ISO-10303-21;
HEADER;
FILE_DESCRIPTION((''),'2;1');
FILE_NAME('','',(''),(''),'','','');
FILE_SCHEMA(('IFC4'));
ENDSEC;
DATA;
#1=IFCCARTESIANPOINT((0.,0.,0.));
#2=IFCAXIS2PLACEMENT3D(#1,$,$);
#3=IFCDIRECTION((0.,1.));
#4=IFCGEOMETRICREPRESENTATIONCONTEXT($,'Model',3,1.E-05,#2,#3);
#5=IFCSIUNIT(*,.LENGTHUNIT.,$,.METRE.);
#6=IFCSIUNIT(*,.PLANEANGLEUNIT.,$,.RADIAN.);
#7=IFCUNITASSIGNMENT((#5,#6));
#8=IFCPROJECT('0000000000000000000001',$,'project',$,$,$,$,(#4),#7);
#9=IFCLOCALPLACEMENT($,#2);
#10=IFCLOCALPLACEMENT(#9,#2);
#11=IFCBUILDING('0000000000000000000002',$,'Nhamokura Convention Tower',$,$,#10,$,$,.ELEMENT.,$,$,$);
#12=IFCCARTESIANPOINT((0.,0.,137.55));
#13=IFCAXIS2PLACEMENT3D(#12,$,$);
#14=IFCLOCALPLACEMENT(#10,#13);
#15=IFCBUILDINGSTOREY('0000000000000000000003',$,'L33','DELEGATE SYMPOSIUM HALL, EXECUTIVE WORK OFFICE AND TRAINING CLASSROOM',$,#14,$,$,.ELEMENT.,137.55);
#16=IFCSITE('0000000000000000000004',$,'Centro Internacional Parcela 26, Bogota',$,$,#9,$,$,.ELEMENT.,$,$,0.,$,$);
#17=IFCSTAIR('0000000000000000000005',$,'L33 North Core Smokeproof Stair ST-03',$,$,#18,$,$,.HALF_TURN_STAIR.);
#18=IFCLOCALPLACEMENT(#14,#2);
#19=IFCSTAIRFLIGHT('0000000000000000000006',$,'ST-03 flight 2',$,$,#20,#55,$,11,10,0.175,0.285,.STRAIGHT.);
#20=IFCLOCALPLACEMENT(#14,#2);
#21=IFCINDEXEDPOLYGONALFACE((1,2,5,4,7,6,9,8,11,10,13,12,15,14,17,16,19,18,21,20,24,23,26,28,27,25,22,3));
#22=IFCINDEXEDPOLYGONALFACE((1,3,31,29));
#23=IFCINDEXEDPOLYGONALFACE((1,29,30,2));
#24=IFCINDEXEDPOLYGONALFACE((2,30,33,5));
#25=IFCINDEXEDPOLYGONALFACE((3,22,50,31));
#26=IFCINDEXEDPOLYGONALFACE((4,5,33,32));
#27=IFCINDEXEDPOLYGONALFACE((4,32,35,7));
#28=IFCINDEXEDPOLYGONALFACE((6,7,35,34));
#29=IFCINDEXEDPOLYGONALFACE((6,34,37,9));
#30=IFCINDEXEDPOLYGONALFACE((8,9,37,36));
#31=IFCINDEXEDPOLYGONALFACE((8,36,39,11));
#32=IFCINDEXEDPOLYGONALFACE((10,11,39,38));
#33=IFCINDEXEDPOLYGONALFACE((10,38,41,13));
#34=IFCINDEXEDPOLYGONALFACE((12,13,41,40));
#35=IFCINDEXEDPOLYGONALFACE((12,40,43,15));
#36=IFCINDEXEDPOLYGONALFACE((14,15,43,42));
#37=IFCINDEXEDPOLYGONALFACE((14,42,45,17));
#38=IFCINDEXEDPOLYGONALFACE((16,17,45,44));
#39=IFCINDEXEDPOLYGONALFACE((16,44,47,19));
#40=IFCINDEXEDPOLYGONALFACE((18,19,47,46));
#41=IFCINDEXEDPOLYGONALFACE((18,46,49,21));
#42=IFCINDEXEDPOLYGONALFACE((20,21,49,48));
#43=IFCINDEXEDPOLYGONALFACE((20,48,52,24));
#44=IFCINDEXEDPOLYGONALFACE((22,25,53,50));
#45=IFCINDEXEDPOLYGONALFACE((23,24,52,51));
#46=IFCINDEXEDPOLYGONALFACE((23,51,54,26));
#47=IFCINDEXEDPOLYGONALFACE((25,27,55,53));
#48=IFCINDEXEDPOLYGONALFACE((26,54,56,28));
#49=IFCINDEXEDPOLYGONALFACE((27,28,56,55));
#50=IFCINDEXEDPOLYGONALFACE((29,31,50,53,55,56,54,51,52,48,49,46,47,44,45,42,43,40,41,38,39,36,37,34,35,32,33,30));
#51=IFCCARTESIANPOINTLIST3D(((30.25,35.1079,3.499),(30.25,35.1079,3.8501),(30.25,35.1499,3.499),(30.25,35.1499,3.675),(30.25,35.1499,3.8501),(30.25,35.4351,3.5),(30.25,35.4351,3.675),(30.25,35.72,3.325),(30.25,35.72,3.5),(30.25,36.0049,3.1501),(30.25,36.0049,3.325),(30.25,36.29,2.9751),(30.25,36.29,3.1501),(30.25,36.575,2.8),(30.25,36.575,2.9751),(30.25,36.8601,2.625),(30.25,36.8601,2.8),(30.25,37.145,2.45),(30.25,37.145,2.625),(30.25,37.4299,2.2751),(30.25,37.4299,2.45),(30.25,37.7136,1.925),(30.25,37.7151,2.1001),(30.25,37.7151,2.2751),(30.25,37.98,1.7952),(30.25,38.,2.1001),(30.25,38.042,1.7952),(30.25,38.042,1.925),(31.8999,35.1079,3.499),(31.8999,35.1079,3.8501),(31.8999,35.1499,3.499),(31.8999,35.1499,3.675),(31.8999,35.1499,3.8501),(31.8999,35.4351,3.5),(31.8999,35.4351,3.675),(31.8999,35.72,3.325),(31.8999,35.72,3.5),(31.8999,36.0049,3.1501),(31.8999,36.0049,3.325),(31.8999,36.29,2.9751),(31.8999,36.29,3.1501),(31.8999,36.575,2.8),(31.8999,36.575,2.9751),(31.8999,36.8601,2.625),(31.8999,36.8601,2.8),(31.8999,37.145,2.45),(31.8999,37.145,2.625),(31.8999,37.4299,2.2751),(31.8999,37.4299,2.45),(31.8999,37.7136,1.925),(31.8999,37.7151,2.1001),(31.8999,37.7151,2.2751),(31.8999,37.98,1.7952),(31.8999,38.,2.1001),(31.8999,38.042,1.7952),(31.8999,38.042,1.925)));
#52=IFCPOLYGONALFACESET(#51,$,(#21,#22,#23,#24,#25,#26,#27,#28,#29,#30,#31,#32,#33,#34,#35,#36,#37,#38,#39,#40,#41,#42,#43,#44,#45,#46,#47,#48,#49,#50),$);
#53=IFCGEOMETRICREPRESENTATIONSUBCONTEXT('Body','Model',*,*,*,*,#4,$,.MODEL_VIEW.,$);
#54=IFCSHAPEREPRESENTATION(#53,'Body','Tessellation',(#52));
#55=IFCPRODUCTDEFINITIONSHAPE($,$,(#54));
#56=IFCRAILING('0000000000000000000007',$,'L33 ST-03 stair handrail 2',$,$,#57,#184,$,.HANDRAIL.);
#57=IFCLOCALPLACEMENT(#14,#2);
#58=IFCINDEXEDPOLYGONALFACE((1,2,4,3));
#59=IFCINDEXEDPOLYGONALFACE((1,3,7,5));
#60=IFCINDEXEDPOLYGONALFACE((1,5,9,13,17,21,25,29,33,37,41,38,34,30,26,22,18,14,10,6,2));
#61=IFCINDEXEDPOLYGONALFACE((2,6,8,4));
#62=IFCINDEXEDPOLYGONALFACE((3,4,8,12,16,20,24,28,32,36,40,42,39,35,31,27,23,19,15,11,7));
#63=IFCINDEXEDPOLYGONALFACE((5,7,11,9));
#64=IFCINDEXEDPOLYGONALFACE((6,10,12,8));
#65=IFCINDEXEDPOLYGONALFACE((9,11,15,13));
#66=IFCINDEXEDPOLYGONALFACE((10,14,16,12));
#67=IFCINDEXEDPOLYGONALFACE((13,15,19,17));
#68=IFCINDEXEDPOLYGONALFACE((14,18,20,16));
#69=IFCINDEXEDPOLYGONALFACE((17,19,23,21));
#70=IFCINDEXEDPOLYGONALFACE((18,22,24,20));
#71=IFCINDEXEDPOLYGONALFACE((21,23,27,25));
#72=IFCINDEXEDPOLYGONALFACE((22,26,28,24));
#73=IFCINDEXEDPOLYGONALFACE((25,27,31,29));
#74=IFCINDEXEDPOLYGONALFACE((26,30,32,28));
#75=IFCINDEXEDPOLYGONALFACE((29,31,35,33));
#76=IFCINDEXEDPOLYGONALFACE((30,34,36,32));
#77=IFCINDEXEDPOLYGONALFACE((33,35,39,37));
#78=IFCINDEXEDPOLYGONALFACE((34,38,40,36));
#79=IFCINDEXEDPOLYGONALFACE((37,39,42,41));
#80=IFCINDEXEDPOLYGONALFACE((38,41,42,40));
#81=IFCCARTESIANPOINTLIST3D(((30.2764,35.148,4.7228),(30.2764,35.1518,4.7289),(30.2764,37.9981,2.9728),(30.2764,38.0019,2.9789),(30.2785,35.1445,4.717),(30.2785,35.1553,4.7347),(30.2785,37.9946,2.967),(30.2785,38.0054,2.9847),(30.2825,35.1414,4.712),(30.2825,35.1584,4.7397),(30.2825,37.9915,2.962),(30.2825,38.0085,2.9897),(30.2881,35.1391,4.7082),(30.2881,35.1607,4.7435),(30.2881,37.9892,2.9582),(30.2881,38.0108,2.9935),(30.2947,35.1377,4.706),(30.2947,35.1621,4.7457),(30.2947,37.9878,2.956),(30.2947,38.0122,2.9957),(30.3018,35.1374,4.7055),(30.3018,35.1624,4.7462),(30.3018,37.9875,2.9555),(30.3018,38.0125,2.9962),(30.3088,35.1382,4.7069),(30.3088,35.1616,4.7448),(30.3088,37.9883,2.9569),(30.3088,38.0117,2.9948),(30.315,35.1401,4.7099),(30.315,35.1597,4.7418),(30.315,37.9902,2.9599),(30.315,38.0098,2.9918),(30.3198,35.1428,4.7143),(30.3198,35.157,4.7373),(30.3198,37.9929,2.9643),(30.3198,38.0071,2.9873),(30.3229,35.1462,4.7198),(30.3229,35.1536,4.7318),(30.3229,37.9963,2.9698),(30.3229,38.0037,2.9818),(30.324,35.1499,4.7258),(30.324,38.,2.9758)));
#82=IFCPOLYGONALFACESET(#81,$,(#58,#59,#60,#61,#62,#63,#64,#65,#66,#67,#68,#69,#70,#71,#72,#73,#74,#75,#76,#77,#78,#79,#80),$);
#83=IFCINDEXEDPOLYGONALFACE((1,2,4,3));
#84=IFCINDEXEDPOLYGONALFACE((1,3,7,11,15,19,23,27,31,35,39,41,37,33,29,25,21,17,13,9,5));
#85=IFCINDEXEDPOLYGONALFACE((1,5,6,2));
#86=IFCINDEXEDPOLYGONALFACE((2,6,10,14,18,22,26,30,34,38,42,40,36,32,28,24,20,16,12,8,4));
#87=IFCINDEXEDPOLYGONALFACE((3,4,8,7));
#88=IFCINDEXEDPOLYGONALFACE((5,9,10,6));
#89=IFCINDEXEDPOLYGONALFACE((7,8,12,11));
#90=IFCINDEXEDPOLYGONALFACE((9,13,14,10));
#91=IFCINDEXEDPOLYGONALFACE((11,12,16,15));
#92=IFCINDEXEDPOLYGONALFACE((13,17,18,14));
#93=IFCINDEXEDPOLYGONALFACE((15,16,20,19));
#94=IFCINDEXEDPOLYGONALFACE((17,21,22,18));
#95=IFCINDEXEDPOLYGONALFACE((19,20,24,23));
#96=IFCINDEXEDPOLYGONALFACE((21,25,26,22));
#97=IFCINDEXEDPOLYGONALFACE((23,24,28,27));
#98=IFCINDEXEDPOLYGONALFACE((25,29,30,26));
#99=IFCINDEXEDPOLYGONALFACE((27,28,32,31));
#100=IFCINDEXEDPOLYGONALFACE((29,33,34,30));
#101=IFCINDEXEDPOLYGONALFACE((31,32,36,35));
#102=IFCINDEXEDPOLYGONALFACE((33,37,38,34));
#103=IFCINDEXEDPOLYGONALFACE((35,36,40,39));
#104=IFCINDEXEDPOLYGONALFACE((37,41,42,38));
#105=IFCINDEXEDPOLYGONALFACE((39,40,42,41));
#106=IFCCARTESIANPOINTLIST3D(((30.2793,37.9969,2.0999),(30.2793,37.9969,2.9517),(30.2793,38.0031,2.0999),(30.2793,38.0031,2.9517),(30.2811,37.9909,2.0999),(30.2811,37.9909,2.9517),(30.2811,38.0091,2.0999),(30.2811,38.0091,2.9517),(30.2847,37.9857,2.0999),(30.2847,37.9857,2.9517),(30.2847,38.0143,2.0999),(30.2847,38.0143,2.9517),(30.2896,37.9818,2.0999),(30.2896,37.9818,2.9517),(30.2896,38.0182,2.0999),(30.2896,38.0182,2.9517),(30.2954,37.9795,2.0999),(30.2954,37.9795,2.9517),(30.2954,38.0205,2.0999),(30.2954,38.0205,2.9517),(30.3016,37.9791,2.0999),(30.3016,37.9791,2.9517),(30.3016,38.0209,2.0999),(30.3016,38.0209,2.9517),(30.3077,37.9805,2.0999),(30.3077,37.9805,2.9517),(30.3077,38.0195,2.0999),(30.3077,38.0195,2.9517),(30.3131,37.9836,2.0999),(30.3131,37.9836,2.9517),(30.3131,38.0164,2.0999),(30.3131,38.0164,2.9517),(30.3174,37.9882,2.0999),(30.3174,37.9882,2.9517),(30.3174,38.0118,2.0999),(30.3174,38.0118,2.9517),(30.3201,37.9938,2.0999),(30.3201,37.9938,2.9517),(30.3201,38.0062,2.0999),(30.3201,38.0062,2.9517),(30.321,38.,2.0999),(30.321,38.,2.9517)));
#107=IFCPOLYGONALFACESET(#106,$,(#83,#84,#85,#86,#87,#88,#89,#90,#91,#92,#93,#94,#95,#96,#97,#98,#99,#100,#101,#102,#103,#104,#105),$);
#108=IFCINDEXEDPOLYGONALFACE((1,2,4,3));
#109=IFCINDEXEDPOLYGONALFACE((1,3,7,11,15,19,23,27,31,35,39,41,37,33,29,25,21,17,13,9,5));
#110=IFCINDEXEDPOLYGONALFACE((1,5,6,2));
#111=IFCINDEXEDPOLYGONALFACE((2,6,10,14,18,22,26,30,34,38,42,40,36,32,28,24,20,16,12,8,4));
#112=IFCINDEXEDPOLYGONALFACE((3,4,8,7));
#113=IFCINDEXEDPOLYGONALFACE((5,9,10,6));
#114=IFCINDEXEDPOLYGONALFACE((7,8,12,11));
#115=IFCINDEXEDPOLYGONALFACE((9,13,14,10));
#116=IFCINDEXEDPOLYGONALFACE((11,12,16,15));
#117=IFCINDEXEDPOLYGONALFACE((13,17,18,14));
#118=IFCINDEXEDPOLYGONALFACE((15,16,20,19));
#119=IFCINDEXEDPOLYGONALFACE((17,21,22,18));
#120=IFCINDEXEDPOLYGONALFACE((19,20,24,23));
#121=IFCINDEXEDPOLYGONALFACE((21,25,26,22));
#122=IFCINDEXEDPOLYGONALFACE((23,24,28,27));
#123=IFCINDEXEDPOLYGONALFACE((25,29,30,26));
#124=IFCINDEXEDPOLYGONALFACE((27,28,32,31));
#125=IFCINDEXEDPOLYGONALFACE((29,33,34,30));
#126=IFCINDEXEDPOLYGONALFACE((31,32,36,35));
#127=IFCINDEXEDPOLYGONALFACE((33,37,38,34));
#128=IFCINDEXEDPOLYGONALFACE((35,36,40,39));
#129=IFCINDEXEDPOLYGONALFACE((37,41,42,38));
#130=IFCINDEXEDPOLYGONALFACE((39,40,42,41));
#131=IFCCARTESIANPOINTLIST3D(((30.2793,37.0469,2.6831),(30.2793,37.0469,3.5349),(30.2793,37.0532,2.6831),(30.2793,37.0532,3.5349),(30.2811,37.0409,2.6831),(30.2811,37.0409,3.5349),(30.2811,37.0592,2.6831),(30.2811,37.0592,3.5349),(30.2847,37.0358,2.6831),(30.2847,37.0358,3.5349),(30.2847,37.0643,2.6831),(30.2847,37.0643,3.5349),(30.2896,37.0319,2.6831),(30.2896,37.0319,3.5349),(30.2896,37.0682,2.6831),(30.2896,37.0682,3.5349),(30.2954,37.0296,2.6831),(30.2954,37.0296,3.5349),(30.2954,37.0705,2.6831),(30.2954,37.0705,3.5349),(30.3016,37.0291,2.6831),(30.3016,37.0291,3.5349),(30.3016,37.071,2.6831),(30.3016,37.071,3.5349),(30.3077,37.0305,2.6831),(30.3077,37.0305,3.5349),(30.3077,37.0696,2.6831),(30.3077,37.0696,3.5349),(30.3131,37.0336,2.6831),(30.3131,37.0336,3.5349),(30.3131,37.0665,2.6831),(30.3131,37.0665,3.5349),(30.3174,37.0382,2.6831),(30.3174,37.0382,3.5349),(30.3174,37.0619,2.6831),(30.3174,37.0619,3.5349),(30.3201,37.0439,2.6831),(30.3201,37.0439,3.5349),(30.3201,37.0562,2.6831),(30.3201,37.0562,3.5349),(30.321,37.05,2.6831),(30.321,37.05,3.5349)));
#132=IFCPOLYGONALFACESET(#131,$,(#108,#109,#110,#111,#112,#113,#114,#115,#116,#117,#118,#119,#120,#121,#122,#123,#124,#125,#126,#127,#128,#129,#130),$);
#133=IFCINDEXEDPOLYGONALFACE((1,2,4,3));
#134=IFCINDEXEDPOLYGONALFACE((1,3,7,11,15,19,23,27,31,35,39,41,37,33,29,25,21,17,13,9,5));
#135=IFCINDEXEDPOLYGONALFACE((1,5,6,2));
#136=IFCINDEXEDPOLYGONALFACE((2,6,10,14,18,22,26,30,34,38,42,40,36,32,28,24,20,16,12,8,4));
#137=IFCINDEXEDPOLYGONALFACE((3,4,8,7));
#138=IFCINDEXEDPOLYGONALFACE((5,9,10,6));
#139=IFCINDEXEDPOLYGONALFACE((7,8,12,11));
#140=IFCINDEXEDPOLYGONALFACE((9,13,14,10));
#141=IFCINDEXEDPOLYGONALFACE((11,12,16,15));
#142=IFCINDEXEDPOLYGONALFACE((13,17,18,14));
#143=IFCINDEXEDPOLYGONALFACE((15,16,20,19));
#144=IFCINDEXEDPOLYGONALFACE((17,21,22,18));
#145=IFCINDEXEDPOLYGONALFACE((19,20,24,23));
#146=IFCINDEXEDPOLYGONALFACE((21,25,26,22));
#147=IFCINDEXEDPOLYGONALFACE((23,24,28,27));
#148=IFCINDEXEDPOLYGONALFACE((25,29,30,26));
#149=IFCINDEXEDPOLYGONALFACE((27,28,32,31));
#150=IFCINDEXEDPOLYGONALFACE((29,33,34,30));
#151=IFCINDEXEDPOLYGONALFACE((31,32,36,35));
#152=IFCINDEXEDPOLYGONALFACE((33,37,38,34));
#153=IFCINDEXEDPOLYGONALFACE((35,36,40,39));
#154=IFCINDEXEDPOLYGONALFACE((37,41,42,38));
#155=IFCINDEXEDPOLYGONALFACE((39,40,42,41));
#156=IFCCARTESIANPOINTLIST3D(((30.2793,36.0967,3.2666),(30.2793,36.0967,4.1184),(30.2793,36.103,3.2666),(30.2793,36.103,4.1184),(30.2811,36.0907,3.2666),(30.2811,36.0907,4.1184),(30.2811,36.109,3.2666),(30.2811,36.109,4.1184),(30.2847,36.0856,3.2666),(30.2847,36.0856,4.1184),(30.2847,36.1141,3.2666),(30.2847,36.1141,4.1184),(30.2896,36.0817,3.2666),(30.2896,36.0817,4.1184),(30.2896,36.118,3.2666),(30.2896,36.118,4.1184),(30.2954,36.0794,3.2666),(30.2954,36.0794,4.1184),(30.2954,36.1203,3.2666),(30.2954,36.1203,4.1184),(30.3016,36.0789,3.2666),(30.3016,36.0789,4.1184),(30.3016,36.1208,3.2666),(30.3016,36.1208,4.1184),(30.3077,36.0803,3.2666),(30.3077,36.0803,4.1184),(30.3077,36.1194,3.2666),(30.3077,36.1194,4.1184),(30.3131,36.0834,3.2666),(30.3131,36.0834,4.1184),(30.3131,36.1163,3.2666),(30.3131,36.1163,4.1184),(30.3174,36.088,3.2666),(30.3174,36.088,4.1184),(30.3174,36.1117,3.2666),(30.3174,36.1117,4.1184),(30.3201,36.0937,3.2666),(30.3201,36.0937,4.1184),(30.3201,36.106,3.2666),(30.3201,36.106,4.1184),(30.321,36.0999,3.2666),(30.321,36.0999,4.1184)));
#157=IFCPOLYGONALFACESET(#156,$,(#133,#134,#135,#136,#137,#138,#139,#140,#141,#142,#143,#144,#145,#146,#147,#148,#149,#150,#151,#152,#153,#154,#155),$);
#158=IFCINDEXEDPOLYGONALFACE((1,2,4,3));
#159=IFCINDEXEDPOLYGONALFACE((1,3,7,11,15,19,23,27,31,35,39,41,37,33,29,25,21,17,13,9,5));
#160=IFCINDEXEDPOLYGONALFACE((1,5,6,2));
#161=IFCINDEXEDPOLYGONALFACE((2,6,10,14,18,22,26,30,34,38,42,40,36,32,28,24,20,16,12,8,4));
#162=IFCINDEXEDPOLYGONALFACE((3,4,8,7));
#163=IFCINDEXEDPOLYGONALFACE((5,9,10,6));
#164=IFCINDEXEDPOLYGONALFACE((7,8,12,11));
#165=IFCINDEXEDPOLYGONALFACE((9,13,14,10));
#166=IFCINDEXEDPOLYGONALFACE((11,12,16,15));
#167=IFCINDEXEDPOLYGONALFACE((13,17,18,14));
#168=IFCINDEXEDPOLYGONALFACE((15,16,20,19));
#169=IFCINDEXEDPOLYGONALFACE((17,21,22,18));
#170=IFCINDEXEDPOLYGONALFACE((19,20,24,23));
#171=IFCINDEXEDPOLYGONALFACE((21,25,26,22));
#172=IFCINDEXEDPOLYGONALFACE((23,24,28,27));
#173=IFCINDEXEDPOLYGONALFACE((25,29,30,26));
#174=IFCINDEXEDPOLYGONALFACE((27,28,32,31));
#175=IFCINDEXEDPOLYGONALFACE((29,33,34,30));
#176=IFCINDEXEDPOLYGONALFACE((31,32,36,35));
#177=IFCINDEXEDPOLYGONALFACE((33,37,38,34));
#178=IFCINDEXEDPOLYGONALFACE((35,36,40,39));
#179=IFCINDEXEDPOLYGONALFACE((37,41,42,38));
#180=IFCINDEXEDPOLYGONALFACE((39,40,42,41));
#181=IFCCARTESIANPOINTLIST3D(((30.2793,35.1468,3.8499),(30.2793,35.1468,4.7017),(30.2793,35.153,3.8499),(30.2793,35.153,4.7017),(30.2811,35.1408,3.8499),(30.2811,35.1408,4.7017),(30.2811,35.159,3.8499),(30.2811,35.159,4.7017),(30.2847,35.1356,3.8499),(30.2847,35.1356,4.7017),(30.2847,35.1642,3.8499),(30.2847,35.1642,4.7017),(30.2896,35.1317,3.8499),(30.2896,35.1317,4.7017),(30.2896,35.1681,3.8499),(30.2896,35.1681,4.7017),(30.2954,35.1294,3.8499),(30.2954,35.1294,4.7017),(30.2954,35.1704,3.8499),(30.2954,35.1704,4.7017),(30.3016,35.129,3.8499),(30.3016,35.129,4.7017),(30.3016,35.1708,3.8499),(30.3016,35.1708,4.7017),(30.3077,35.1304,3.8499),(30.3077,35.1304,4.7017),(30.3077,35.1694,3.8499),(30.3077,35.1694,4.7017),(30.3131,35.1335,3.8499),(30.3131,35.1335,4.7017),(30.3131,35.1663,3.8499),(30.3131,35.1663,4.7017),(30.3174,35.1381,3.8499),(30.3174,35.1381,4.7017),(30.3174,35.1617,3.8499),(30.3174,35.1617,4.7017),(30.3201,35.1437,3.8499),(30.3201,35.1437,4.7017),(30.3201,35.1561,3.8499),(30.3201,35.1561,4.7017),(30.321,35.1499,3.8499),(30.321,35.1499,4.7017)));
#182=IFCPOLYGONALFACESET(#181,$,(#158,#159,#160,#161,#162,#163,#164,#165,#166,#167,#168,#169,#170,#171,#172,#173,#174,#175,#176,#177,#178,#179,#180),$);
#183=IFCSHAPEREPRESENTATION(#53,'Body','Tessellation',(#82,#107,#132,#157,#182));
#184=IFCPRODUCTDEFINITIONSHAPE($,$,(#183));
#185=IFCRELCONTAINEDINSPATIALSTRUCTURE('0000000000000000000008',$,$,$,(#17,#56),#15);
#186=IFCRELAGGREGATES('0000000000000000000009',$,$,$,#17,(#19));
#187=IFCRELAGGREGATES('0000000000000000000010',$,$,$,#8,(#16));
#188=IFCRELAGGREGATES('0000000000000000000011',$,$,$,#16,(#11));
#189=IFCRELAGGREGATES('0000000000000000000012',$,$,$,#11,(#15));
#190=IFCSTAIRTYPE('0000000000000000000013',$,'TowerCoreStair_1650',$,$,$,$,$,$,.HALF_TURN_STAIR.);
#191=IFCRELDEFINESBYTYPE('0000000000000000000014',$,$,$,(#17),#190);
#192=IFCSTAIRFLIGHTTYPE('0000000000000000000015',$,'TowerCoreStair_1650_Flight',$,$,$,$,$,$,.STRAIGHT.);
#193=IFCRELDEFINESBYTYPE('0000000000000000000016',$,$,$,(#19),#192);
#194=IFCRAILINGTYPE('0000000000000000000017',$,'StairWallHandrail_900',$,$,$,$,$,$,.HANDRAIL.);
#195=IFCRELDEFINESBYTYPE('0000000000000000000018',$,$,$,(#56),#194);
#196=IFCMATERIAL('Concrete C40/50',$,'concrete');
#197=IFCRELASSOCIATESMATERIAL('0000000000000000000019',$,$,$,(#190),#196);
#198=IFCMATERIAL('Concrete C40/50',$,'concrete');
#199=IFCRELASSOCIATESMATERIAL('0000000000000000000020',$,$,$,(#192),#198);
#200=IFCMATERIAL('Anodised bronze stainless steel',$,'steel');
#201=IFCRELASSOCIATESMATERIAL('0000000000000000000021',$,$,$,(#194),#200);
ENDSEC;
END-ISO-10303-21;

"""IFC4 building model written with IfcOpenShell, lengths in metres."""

from ifc_helpers import new_model, si_unit, direction, frame, origin, origin_2d, place, context, subcontext, project, spatial, polyline, circle, outline, extrude, material, type_object, element, aggregate, save


model = new_model("IFC4")

# Units and contexts
model_context = context("Model", 3, precision=1e-05, world=origin(), true_north=direction((0.0, 1.0)))
body_context = subcontext(model_context, "Body", "Model", "MODEL_VIEW")
ifc_project = project(units=[si_unit("LENGTHUNIT", "METRE"), si_unit("PLANEANGLEUNIT", "RADIAN")], contexts=[model_context])

# Site, building, storey
site_placement = place(None, origin())
site = spatial("IfcSite", under=ifc_project, at=site_placement, Name="Centro Internacional Parcela 26, Bogota", CompositionType="ELEMENT", RefElevation=0.0)
building_placement = place(site_placement, origin())
building = spatial("IfcBuilding", under=site, at=building_placement, Name="Nhamokura Convention Tower", CompositionType="ELEMENT")
storey_placement = place(building_placement, frame((0.0, 0.0, 137.55)))
storey = spatial("IfcBuildingStorey", under=building, at=storey_placement, Name="L33", Description="DELEGATE SYMPOSIUM HALL, EXECUTIVE WORK OFFICE AND TRAINING CLASSROOM", CompositionType="ELEMENT", Elevation=137.55)

# Stair, stair flight
ifc_material_1 = material(Name="Concrete C40/50", Category="concrete")
stair_type = type_object("IfcStairType", Name="TowerCoreStair_1650", PredefinedType="HALF_TURN_STAIR", material=ifc_material_1)
stair_placement = place(storey_placement, origin())
stair = element("IfcStair", 1, at=stair_placement, inside=storey, type_object=stair_type, Name="L33 North Core Smokeproof Stair ST-03", PredefinedType="HALF_TURN_STAIR")
ifc_material_2 = material(Name="Concrete C40/50", Category="concrete")
stair_flight_type = type_object("IfcStairFlightType", Name="TowerCoreStair_1650_Flight", PredefinedType="STRAIGHT", material=ifc_material_2)
stair_flight_placement = place(storey_placement, frame((31.075, 38.0, 1.925), z_axis=(0.0, 0.0, 1.0), x_axis=(0.0, -1.0, 0.0)))
stair_flight = element("IfcStairFlight", 2, at=stair_flight_placement, type_object=stair_flight_type, Name="ST-03 flight 2", NumberOfRisers=11, NumberOfTreads=10, PredefinedType="STRAIGHT", RiserHeight=0.175, TreadLength=0.285, context=body_context, shape_type="SweptSolid", body=[
    extrude(outline(polyline([(-0.042, 0.0), (0.0, 0.175), (0.2849, 0.175), (0.2849, 0.3501), (0.5701, 0.3501), (0.5701, 0.5249), (0.855, 0.5249), (0.855, 0.7), (1.1399, 0.7), (1.1399, 0.875), (1.425, 0.875), (1.425, 1.05), (1.71, 1.05), (1.71, 1.2251), (1.9951, 1.2251), (1.9951, 1.3999), (2.28, 1.3999), (2.28, 1.575), (2.5649, 1.575), (2.5649, 1.75), (2.8501, 1.75), (2.8501, 1.925), (2.8921, 1.925), (2.8921, 1.574), (2.8501, 1.574), (0.2864, 0.0), (0.02, -0.1299), (-0.042, -0.1299), (-0.042, 0.0)])), frame((0.0, 0.825, 0.0), z_axis=(0.0, -1.0, 0.0), x_axis=(1.0, 0.0, 0.0)), (0.0, 0.0, 1.0), 1.6499),
])
aggregate(stair, [stair_flight])

# Railing
ifc_material_3 = material(Name="Anodised bronze stainless steel", Category="steel")
railing_type_1 = type_object("IfcRailingType", Name="StairWallHandrail_900", PredefinedType="HANDRAIL", material=ifc_material_3)
railing_1_placement = place(storey_placement, frame((30.3, 38.0, 2.0999)))
element("IfcRailing", 3, at=railing_1_placement, inside=storey, type_object=railing_type_1, Name="L33 ST-03 stair handrail 2", PredefinedType="HANDRAIL", context=body_context, shape_type="SweptSolid", body=[
    extrude(circle(Radius=0.0239, at=origin_2d()), frame((0.0, 0.0, 0.876), z_axis=(0.0, -0.852179, 0.52325), x_axis=(1.0, 0.0, 0.0)), (0.0, 0.0, 1.0), 3.3445),
    extrude(circle(Radius=0.021, at=origin_2d()), origin(), (0.0, 0.0, 1.0), 0.8518),
    extrude(circle(Radius=0.021, at=origin_2d()), frame((0.0, -0.95, 0.5833)), (0.0, 0.0, 1.0), 0.8518),
    extrude(circle(Radius=0.021, at=origin_2d()), frame((0.0, -1.9001, 1.1667)), (0.0, 0.0, 1.0), 0.8518),
    extrude(circle(Radius=0.021, at=origin_2d()), frame((0.0, -2.8501, 1.75)), (0.0, 0.0, 1.0), 0.8518),
])

save(model, "model.ifc")
